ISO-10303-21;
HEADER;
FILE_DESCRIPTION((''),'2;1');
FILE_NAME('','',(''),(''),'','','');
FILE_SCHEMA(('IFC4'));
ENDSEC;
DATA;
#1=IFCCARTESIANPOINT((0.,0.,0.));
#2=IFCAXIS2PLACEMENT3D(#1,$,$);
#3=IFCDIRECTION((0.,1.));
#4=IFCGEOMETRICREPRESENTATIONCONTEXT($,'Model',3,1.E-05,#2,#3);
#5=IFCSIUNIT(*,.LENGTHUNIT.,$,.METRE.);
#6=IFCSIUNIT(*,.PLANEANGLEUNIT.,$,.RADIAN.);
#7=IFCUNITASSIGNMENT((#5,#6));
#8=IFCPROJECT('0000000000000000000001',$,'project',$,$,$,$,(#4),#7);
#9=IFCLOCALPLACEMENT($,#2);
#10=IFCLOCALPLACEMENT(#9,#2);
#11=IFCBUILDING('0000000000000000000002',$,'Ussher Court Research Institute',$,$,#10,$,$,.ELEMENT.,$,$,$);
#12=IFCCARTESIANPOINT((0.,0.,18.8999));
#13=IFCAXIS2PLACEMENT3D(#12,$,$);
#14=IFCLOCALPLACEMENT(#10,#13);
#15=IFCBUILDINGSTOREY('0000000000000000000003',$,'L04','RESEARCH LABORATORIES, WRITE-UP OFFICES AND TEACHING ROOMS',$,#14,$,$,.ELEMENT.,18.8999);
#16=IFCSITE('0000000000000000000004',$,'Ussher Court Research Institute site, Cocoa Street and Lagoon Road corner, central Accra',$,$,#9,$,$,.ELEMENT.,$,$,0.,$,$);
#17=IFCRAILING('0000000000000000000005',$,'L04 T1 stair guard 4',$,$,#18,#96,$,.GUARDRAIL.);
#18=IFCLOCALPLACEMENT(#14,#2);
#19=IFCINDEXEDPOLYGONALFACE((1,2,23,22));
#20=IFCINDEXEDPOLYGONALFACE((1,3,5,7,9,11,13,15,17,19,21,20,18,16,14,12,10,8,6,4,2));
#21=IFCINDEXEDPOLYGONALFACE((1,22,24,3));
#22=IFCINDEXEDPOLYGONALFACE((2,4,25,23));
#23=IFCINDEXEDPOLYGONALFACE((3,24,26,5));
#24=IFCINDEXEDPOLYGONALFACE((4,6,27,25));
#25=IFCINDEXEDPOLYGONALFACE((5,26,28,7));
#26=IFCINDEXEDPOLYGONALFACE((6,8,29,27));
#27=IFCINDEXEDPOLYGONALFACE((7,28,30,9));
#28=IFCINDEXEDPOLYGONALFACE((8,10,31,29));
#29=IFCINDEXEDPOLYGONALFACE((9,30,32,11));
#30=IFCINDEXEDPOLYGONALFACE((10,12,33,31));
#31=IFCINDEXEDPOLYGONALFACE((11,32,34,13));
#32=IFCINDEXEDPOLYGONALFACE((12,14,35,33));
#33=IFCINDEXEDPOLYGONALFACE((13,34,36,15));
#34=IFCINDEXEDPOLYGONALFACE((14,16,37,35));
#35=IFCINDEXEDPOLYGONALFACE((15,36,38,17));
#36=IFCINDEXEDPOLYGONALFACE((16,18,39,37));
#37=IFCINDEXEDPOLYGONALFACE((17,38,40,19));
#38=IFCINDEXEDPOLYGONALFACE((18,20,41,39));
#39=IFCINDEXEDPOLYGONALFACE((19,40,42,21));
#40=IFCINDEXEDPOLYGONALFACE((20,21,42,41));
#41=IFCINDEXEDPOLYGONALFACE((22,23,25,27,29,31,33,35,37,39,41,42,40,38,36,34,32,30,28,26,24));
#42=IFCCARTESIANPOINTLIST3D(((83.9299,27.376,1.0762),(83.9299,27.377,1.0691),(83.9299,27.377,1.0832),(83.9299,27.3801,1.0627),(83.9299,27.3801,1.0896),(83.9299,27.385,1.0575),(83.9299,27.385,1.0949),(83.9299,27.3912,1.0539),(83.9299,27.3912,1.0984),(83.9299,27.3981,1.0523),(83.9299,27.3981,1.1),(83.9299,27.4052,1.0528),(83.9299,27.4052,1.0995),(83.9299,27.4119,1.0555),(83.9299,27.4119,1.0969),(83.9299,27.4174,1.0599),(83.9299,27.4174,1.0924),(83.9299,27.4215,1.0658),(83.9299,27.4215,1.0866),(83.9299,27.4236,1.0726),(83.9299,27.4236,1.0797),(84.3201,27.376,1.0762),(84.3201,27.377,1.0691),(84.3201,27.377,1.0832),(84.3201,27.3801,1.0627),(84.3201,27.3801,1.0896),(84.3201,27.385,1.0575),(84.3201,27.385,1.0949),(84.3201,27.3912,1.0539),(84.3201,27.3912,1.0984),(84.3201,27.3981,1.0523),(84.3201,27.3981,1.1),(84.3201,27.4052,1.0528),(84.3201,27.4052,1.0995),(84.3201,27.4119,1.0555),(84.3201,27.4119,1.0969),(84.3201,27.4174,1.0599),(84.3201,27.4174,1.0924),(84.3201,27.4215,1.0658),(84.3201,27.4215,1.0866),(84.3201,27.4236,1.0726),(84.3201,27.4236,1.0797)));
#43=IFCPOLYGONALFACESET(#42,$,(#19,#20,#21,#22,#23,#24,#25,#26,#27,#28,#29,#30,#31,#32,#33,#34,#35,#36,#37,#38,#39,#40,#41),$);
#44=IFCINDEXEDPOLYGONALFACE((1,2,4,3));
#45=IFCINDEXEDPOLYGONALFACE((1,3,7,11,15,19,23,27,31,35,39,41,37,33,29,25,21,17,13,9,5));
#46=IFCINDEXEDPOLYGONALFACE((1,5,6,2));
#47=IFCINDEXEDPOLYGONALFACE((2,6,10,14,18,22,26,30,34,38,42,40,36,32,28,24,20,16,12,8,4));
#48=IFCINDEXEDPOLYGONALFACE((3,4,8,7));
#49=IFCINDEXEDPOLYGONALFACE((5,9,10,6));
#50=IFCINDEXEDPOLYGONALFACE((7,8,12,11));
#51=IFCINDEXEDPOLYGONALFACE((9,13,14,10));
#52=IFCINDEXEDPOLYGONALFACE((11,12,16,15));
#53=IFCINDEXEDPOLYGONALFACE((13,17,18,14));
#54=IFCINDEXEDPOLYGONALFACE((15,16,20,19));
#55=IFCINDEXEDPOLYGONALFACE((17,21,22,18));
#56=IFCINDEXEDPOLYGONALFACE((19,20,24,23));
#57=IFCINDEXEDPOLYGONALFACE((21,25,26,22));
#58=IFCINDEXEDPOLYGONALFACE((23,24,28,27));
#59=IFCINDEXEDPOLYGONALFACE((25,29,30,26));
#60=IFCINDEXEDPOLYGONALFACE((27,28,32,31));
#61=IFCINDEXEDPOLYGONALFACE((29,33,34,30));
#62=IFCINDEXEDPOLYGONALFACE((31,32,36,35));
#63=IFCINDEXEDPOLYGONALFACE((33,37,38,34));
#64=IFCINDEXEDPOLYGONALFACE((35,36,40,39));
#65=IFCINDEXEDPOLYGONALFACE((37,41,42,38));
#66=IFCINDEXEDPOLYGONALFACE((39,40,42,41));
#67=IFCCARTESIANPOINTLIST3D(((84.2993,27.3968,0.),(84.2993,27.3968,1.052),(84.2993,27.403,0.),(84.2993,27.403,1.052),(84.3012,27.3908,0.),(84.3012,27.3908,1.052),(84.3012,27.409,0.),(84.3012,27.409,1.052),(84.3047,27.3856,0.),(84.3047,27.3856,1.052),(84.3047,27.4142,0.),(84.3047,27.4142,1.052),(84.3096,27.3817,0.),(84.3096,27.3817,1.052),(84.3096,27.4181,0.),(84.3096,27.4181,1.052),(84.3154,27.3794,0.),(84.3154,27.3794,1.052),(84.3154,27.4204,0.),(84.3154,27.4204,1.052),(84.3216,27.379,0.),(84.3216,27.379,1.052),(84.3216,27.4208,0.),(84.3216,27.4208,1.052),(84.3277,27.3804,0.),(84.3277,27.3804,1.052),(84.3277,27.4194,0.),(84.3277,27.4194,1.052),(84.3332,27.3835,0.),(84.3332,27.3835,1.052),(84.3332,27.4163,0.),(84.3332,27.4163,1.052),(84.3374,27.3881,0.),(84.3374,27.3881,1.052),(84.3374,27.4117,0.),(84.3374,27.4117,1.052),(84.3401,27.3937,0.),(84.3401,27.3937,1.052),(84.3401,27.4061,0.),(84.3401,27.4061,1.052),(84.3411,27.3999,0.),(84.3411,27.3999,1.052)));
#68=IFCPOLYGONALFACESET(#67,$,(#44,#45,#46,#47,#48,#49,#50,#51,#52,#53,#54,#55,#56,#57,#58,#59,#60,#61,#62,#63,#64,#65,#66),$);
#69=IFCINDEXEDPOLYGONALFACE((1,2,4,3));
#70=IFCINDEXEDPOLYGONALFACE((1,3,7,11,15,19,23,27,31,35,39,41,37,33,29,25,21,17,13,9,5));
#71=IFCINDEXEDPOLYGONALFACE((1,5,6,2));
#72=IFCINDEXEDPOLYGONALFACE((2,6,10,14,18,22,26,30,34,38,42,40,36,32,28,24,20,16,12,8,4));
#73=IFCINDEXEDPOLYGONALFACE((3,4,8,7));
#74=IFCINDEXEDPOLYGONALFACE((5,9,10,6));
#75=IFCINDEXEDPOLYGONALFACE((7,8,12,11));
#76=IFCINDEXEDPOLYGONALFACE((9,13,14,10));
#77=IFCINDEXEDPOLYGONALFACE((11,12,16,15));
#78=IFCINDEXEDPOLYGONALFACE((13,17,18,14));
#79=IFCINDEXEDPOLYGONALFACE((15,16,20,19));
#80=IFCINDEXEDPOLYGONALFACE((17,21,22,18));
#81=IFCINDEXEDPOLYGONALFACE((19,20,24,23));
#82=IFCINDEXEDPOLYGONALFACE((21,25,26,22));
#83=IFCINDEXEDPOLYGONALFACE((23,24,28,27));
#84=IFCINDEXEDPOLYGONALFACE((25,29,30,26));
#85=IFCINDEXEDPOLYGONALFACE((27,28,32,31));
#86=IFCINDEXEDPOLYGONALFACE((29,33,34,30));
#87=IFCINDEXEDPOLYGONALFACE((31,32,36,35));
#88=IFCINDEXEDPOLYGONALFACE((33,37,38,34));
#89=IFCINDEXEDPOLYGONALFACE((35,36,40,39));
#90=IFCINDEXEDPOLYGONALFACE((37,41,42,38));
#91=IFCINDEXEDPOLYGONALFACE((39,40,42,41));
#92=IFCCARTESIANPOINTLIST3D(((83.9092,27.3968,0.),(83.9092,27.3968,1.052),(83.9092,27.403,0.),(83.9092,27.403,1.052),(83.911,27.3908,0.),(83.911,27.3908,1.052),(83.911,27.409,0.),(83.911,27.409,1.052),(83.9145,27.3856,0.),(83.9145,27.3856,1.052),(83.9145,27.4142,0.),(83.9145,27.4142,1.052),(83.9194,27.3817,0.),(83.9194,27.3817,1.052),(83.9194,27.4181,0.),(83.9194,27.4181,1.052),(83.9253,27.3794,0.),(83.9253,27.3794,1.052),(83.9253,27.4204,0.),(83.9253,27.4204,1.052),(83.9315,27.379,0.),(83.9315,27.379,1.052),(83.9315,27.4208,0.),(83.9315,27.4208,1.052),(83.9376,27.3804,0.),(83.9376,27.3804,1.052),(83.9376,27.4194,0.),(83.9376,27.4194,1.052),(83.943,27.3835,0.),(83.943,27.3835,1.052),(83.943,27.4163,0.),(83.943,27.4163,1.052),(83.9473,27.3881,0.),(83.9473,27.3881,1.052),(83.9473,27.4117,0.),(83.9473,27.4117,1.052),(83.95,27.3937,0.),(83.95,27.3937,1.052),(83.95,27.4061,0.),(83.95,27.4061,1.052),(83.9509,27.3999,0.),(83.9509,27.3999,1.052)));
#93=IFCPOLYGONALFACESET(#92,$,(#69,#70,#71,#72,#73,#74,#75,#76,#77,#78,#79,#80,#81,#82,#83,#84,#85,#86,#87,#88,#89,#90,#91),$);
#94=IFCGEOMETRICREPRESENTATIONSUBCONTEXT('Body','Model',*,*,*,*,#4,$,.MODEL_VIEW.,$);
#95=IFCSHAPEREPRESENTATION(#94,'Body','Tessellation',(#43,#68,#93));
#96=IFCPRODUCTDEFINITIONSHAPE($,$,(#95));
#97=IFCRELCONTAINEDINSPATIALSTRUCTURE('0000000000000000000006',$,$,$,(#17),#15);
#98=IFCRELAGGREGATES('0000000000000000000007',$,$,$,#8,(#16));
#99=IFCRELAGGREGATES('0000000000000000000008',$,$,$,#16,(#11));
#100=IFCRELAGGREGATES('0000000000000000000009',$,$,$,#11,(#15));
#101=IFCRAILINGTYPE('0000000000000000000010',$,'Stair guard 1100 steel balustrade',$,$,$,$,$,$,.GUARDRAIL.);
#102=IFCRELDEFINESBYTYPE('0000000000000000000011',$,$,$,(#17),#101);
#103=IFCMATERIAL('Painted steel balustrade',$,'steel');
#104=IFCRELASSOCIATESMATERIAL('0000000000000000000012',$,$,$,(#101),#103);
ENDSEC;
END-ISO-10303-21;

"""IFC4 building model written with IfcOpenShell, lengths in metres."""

from ifc_helpers import new_model, si_unit, direction, frame, origin, origin_2d, place, context, subcontext, project, spatial, circle, extrude, material, type_object, element, save


model = new_model("IFC4")

# Units and contexts
model_context = context("Model", 3, precision=1e-05, world=origin(), true_north=direction((0.0, 1.0)))
body_context = subcontext(model_context, "Body", "Model", "MODEL_VIEW")
ifc_project = project(units=[si_unit("LENGTHUNIT", "METRE"), si_unit("PLANEANGLEUNIT", "RADIAN")], contexts=[model_context])

# Site, building, storey
site_placement = place(None, origin())
site = spatial("IfcSite", under=ifc_project, at=site_placement, Name="Ussher Court Research Institute site, Cocoa Street and Lagoon Road corner, central Accra", CompositionType="ELEMENT", RefElevation=0.0)
building_placement = place(site_placement, origin())
building = spatial("IfcBuilding", under=site, at=building_placement, Name="Ussher Court Research Institute", CompositionType="ELEMENT")
storey_placement = place(building_placement, frame((0.0, 0.0, 18.8999)))
storey = spatial("IfcBuildingStorey", under=building, at=storey_placement, Name="L04", Description="RESEARCH LABORATORIES, WRITE-UP OFFICES AND TEACHING ROOMS", CompositionType="ELEMENT", Elevation=18.8999)

# Railing
ifc_material_1 = material(Name="Painted steel balustrade", Category="steel")
railing_type_1 = type_object("IfcRailingType", Name="Stair guard 1100 steel balustrade", PredefinedType="GUARDRAIL", material=ifc_material_1)
railing_1_placement = place(storey_placement, frame((84.3201, 27.3999, 0.0)))
element("IfcRailing", 1, at=railing_1_placement, inside=storey, type_object=railing_type_1, Name="L04 T1 stair guard 4", PredefinedType="GUARDRAIL", context=body_context, shape_type="SweptSolid", body=[
    extrude(circle(Radius=0.0239, at=origin_2d()), frame((0.0, 0.0, 1.0762), z_axis=(-1.0, 0.0, 0.0), x_axis=(0.0, -1.0, 0.0)), (0.0, 0.0, 1.0), 0.3901),
    extrude(circle(Radius=0.021, at=origin_2d()), origin(), (0.0, 0.0, 1.0), 1.052),
    extrude(circle(Radius=0.021, at=origin_2d()), frame((-0.3901, 0.0, 0.0)), (0.0, 0.0, 1.0), 1.052),
])

save(model, "model.ifc")
